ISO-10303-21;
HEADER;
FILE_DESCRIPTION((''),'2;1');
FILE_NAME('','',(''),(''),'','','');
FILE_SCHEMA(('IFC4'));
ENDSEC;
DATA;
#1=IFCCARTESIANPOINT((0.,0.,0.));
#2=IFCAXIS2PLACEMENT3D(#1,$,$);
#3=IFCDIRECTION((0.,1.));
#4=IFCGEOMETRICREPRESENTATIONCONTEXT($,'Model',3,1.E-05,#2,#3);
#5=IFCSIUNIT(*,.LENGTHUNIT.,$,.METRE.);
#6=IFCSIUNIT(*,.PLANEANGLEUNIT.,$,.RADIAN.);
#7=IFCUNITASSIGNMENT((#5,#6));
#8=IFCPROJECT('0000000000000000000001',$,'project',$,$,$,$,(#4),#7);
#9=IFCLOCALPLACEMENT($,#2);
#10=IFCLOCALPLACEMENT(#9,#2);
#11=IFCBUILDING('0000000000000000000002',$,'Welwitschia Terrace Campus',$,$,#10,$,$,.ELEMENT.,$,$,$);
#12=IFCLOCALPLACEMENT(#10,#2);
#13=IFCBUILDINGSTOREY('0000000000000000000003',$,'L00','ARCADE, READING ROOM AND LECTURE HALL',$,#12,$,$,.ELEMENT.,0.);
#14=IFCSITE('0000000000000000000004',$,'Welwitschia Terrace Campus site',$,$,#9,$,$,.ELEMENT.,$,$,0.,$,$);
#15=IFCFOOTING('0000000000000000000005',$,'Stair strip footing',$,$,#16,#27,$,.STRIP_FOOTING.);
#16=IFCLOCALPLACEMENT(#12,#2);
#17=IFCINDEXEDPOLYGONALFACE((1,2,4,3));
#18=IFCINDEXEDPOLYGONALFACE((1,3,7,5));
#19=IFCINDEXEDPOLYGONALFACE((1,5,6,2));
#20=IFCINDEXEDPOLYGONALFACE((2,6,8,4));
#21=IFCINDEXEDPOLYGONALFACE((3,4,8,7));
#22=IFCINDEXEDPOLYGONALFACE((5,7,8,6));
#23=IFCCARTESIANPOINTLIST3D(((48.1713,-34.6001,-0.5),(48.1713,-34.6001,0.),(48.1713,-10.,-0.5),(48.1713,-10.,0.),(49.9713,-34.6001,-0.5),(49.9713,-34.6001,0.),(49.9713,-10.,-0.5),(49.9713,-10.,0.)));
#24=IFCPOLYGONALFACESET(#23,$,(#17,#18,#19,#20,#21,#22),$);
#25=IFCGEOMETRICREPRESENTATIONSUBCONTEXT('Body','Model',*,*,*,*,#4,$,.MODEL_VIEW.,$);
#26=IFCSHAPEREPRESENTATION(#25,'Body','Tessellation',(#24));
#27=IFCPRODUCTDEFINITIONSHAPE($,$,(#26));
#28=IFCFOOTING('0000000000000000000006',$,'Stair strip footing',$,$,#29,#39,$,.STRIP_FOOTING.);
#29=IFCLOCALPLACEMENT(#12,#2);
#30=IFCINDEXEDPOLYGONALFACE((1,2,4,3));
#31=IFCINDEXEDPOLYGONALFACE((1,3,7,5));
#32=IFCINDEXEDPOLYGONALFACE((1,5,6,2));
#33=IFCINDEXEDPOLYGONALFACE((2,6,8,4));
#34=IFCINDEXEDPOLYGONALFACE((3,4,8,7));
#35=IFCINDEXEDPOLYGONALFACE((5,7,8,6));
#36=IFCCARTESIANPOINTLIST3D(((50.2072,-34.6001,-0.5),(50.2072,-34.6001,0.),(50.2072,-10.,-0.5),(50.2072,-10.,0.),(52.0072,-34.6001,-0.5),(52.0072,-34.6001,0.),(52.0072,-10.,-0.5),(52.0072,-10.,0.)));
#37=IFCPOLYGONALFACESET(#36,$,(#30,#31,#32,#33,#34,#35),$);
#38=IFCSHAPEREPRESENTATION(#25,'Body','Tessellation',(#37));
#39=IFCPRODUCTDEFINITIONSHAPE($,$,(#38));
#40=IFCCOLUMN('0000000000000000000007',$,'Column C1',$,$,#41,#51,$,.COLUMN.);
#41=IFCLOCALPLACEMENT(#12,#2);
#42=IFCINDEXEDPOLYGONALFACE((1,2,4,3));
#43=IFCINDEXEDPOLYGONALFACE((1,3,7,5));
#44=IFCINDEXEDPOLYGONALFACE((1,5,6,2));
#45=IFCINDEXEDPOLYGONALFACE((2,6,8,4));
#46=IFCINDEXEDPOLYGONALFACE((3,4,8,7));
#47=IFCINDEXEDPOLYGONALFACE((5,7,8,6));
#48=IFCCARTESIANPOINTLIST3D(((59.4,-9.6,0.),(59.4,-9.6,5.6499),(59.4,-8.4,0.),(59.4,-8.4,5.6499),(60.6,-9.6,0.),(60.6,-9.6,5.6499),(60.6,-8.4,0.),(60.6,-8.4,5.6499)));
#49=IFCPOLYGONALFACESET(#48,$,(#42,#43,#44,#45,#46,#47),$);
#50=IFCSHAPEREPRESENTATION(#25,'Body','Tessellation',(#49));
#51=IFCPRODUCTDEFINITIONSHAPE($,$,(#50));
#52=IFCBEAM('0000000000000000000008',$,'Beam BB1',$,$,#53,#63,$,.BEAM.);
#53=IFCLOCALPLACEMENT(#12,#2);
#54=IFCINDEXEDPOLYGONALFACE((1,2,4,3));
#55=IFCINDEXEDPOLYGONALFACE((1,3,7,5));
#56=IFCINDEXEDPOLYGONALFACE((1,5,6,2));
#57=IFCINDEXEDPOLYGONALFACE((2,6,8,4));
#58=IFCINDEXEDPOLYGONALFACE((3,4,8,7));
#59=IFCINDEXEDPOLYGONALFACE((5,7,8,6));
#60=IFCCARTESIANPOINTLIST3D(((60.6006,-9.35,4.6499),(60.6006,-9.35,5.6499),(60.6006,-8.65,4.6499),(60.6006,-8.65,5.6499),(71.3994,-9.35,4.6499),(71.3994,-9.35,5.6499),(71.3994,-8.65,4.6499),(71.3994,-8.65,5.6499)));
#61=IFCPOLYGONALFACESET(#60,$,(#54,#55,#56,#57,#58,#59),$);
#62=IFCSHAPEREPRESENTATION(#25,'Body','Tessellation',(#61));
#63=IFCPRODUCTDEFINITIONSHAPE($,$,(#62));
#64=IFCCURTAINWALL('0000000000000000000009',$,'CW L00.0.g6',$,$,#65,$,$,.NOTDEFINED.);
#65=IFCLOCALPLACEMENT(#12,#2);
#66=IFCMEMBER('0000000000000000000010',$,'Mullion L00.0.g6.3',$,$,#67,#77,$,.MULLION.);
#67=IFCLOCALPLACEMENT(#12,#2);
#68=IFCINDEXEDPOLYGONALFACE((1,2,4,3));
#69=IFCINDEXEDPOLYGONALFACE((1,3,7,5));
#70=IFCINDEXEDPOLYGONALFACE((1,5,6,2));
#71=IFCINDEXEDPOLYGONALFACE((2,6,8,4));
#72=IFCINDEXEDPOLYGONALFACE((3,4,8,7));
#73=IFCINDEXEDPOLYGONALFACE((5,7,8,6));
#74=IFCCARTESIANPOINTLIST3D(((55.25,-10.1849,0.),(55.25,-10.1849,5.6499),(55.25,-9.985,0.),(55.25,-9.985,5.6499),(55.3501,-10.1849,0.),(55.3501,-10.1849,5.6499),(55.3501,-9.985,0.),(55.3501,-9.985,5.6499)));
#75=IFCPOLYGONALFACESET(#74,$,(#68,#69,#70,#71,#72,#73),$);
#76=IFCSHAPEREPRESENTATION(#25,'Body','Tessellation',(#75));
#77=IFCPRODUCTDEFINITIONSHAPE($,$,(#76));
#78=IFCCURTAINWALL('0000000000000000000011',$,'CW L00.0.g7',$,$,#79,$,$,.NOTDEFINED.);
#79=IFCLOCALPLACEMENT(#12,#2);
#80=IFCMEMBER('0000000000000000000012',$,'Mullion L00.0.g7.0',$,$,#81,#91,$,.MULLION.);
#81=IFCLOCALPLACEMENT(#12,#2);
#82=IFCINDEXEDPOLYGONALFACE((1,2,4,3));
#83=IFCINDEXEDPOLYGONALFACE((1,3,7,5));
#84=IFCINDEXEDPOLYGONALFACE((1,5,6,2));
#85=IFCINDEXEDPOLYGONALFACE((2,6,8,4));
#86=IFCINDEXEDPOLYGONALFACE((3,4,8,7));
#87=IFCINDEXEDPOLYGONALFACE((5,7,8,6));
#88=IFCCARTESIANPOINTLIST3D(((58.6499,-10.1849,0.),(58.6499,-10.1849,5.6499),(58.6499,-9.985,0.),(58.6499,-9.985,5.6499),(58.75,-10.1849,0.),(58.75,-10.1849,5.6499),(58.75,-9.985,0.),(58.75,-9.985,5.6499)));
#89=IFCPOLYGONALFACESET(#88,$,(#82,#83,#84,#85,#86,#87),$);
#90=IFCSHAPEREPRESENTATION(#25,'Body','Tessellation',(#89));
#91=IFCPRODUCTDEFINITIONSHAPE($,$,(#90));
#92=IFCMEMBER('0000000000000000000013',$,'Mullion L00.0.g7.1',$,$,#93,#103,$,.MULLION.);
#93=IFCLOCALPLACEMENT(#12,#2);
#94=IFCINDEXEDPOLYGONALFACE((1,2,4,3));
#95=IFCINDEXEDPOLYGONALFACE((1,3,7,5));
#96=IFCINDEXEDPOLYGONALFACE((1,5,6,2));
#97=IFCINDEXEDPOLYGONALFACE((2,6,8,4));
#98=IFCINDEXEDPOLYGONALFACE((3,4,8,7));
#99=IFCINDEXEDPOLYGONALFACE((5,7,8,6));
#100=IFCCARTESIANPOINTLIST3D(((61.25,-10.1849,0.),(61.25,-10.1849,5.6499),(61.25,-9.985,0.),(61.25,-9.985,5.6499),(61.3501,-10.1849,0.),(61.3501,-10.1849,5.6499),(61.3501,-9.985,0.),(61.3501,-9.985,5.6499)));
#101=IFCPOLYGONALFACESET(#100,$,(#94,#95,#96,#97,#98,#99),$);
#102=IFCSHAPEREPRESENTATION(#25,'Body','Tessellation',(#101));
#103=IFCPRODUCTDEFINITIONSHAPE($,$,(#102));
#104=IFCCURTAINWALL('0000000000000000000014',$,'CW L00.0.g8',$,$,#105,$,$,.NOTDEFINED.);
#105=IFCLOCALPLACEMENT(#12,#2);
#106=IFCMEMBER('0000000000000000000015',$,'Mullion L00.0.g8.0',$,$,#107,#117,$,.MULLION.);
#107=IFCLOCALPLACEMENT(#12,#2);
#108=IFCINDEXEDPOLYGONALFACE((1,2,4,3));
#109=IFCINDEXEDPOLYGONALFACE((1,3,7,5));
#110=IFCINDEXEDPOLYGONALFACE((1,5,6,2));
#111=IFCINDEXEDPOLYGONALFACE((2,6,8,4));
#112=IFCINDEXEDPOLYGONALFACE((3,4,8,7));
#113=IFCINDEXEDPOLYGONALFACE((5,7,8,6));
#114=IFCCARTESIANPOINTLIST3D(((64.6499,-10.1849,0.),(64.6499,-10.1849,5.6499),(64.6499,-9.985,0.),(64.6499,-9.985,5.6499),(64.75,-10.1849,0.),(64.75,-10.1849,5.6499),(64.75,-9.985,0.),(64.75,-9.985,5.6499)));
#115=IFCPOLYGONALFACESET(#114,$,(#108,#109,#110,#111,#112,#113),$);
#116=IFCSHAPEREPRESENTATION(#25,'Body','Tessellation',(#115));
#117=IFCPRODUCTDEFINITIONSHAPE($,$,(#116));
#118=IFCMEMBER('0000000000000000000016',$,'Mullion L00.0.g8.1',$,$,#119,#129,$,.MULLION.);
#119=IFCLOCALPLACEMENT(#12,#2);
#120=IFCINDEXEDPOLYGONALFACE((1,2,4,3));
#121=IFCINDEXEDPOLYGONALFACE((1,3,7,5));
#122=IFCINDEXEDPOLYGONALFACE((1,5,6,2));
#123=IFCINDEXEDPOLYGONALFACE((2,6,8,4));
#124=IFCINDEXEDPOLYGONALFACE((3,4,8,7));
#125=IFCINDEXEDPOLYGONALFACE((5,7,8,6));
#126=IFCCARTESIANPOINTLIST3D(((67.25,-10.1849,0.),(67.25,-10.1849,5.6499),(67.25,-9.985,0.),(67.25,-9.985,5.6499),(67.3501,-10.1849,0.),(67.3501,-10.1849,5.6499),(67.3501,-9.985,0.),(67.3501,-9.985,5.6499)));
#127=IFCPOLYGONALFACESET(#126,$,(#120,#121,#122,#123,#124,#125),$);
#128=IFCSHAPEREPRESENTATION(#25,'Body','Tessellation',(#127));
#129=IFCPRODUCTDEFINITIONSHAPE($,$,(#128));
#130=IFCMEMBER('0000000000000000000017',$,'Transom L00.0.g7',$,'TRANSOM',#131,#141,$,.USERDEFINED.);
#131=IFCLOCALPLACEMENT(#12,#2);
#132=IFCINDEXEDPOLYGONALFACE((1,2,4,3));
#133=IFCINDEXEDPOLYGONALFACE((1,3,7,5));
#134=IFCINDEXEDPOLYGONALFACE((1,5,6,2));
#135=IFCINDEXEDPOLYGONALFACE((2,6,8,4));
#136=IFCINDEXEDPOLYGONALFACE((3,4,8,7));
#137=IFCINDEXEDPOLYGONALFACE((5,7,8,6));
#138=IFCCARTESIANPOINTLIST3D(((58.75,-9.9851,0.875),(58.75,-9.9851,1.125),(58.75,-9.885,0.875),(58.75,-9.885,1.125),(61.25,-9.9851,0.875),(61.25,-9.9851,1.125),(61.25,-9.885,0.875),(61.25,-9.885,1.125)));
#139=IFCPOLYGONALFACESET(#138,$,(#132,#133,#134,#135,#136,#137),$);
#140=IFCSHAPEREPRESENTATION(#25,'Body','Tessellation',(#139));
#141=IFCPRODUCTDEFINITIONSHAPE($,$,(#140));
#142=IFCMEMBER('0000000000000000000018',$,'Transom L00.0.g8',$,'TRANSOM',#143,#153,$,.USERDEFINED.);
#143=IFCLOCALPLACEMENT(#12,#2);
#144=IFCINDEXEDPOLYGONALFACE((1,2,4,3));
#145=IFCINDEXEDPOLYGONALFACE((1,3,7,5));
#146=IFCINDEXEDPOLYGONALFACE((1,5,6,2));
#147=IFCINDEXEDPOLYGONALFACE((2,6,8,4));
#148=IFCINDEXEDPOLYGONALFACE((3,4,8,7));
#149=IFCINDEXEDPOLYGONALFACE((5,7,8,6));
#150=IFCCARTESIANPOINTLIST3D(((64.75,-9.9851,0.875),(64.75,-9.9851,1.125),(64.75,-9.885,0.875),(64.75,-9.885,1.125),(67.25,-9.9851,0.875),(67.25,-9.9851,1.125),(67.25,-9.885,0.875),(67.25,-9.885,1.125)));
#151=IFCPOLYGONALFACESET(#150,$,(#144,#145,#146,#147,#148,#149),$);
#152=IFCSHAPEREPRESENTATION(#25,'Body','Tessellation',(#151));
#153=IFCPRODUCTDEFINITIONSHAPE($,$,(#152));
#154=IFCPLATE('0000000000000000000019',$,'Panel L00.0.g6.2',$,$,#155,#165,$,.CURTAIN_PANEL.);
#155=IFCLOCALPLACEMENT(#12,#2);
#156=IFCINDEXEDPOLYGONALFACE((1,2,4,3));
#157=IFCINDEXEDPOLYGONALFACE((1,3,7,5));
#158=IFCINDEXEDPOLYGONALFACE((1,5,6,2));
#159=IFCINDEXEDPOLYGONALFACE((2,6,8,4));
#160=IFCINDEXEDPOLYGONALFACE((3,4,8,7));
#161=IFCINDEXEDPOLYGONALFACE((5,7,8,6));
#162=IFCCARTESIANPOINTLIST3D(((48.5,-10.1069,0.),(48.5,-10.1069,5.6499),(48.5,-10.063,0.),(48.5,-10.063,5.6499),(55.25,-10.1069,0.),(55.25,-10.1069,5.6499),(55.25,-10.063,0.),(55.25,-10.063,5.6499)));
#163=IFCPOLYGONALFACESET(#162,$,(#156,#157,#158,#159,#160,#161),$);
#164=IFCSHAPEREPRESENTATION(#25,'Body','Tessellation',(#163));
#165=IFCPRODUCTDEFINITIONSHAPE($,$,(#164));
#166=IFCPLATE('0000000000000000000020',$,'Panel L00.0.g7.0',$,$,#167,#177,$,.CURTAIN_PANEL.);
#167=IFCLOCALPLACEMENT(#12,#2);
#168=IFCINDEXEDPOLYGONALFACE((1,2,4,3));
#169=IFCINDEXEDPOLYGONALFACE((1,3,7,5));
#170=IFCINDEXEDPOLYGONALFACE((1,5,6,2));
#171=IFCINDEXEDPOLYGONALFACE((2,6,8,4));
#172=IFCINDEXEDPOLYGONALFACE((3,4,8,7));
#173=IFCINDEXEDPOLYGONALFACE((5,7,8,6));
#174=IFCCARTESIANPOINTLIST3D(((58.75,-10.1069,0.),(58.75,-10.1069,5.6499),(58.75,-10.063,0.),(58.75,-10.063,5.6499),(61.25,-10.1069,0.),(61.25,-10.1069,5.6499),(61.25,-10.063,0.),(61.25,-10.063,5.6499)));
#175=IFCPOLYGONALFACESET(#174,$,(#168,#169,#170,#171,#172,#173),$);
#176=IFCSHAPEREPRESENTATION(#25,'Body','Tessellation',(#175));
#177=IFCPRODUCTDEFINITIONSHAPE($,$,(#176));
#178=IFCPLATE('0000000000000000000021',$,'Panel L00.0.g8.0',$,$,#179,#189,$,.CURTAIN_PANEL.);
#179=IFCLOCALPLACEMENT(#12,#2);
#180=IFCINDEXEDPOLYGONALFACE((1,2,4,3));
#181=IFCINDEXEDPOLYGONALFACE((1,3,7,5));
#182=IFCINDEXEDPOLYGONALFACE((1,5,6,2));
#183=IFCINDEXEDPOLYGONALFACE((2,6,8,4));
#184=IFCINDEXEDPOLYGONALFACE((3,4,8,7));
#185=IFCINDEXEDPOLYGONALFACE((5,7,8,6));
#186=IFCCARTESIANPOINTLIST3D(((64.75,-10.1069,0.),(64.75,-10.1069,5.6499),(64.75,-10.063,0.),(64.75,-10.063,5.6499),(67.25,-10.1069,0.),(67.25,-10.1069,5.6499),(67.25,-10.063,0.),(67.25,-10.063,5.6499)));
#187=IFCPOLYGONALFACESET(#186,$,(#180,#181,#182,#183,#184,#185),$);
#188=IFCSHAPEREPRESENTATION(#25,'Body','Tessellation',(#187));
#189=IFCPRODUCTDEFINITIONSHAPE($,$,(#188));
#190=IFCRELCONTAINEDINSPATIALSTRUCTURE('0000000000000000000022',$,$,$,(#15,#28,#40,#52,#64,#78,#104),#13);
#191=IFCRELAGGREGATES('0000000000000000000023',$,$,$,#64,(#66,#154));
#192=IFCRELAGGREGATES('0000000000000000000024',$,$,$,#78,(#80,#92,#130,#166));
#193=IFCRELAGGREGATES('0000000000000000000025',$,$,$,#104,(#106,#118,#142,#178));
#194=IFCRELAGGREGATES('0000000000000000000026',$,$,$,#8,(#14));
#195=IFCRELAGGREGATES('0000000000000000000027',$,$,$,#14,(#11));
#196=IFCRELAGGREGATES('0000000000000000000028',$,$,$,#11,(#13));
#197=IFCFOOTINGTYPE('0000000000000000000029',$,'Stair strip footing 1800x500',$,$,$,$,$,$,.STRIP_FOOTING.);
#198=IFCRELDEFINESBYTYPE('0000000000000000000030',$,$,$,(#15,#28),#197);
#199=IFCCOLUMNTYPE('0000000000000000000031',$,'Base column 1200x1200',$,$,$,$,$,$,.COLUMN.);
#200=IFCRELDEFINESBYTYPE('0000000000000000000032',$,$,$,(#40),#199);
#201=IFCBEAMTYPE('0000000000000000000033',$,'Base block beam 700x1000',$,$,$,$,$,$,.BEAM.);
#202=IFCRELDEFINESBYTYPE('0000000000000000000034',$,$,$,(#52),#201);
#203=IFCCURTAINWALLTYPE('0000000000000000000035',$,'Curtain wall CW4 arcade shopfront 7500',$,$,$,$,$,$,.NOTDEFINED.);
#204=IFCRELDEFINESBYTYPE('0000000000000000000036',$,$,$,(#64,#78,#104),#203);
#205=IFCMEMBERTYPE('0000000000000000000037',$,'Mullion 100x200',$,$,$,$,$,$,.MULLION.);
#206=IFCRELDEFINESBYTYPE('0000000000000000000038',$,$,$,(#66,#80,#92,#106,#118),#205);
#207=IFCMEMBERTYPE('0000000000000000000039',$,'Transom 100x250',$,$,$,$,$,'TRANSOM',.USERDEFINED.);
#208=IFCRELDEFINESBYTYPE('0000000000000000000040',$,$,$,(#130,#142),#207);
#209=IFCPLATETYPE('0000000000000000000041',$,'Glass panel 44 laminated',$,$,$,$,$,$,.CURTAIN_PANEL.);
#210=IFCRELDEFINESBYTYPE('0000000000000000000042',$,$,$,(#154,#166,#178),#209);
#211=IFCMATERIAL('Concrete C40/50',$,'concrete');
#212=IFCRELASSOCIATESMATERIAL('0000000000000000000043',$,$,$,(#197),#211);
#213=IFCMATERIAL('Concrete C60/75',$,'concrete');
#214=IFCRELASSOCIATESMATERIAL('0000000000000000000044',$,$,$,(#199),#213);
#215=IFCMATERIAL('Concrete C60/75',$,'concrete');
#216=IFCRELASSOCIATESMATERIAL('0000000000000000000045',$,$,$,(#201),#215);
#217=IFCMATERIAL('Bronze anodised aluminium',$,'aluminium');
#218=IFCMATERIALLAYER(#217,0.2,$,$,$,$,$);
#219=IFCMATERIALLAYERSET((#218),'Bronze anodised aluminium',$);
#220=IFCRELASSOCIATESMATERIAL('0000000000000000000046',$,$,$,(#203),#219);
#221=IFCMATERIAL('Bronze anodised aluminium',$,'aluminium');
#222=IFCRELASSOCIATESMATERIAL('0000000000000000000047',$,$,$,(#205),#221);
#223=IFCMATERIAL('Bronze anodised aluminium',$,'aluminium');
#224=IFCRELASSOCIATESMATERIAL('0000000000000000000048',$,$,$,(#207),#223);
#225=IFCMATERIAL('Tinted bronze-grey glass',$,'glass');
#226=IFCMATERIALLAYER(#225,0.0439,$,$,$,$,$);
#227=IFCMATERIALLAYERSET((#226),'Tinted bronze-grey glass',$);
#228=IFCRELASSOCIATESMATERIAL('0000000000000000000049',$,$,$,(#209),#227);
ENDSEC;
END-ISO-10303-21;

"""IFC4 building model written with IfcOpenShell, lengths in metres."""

from ifc_helpers import new_model, si_unit, direction, frame, origin, origin_2d, place, context, subcontext, project, spatial, rectangle, extrude, material, layer, layer_set, material_profile, profile_set, type_object, element, aggregate, save


model = new_model("IFC4")

# Units and contexts
model_context = context("Model", 3, precision=1e-05, world=origin(), true_north=direction((0.0, 1.0)))
body_context = subcontext(model_context, "Body", "Model", "MODEL_VIEW")
ifc_project = project(units=[si_unit("LENGTHUNIT", "METRE"), si_unit("PLANEANGLEUNIT", "RADIAN")], contexts=[model_context])

# Site, building, storey
site_placement = place(None, origin())
site = spatial("IfcSite", under=ifc_project, at=site_placement, Name="Welwitschia Terrace Campus site", CompositionType="ELEMENT", RefElevation=0.0)
building_placement = place(site_placement, origin())
building = spatial("IfcBuilding", under=site, at=building_placement, Name="Welwitschia Terrace Campus", CompositionType="ELEMENT")
storey_placement = place(building_placement, origin())
storey = spatial("IfcBuildingStorey", under=building, at=storey_placement, Name="L00", Description="ARCADE, READING ROOM AND LECTURE HALL", CompositionType="ELEMENT", Elevation=0.0)

# Footings
ifc_material_1 = material(Name="Concrete C40/50", Category="concrete")
footing_type = type_object("IfcFootingType", Name="Stair strip footing 1800x500", PredefinedType="STRIP_FOOTING", material=ifc_material_1)
for number, where, z_axis, x_axis, name in (
    (1, (49.0713, -22.3, -0.5), (0.0, 0.0, 1.0), (1.0, 0.0, 0.0), "Stair strip footing"),
    (2, (51.1072, -22.3, -0.5), (0.0, 0.0, 1.0), (1.0, 0.0, 0.0), "Stair strip footing"),
):
    element("IfcFooting", number, at=place(storey_placement, frame(where, z_axis=z_axis, x_axis=x_axis)), inside=storey, type_object=footing_type, Name=name, PredefinedType="STRIP_FOOTING", context=body_context, shape_type="SweptSolid", body=[
        extrude(rectangle(XDim=1.8, YDim=24.6001, at=origin_2d()), origin(), (0.0, 0.0, 1.0), 0.5),
    ])

# Column
ifc_material_2 = material(Name="Concrete C60/75", Category="concrete")
ifc_material_profile_1 = material_profile(ifc_material_2, rectangle(XDim=1.2, YDim=1.2, at=origin_2d()))
ifc_profile_set_1 = profile_set([ifc_material_profile_1], Name="Concrete C60/75")
column_type = type_object("IfcColumnType", Name="Base column 1200x1200", PredefinedType="COLUMN", material=ifc_profile_set_1)
column_placement = place(storey_placement, frame((60.0, -9.0, 0.0), z_axis=(0.0, 0.0, 1.0), x_axis=(1.0, 0.0, 0.0)))
element("IfcColumn", 3, at=column_placement, inside=storey, type_object=column_type, Name="Column C1", PredefinedType="COLUMN", context=body_context, shape_type="SweptSolid", body=[
    extrude(rectangle(XDim=1.2, YDim=1.2, at=origin_2d()), origin(), (0.0, 0.0, 1.0), 5.6499),
])

# Beam
ifc_material_3 = material(Name="Concrete C60/75", Category="concrete")
ifc_material_profile_2 = material_profile(ifc_material_3, rectangle(XDim=0.7, YDim=1.0, at=origin_2d()))
ifc_profile_set_2 = profile_set([ifc_material_profile_2], Name="Concrete C60/75")
beam_type = type_object("IfcBeamType", Name="Base block beam 700x1000", PredefinedType="BEAM", material=ifc_profile_set_2)
beam_placement = place(storey_placement, frame((60.6006, -9.0, 5.1499), z_axis=(1.0, 0.0, 0.0), x_axis=(0.0, 1.0, 0.0)))
element("IfcBeam", 4, at=beam_placement, inside=storey, type_object=beam_type, Name="Beam BB1", PredefinedType="BEAM", context=body_context, shape_type="SweptSolid", body=[
    extrude(rectangle(XDim=0.7, YDim=1.0, at=origin_2d()), origin(), (0.0, 0.0, 1.0), 10.7988),
])

# Curtain wall, member
ifc_material_4 = material(Name="Bronze anodised aluminium", Category="aluminium")
ifc_layer_1 = layer(ifc_material_4, 0.2)
ifc_layer_set_1 = layer_set([ifc_layer_1], Name="Bronze anodised aluminium")
curtain_wall_type = type_object("IfcCurtainWallType", Name="Curtain wall CW4 arcade shopfront 7500", PredefinedType="NOTDEFINED", material=ifc_layer_set_1)
curtain_wall_1_placement = place(storey_placement, origin())
curtain_wall_1 = element("IfcCurtainWall", 5, at=curtain_wall_1_placement, inside=storey, type_object=curtain_wall_type, Name="CW L00.0.g6", PredefinedType="NOTDEFINED")
ifc_material_5 = material(Name="Bronze anodised aluminium", Category="aluminium")
ifc_material_profile_3 = material_profile(ifc_material_5, rectangle(XDim=0.2, YDim=0.1001, at=origin_2d()))
ifc_profile_set_3 = profile_set([ifc_material_profile_3], Name="Bronze anodised aluminium")
member_type_1 = type_object("IfcMemberType", Name="Mullion 100x200", PredefinedType="MULLION", material=ifc_profile_set_3)
member_1_placement = place(storey_placement, frame((55.3, -10.085, 0.0), z_axis=(0.0, 0.0, 1.0), x_axis=(0.0, 1.0, 0.0)))
member_1 = element("IfcMember", 6, at=member_1_placement, type_object=member_type_1, Name="Mullion L00.0.g6.3", PredefinedType="MULLION", context=body_context, shape_type="SweptSolid", body=[
    extrude(rectangle(XDim=0.2, YDim=0.1001, at=origin_2d()), origin(), (0.0, 0.0, 1.0), 5.6499),
])

# Curtain walls, members
curtain_wall_2_placement = place(storey_placement, origin())
curtain_wall_2 = element("IfcCurtainWall", 7, at=curtain_wall_2_placement, inside=storey, type_object=curtain_wall_type, Name="CW L00.0.g7", PredefinedType="NOTDEFINED")
member_2_placement = place(storey_placement, frame((58.7, -10.085, 0.0), z_axis=(0.0, 0.0, 1.0), x_axis=(0.0, 1.0, 0.0)))
member_2 = element("IfcMember", 8, at=member_2_placement, type_object=member_type_1, Name="Mullion L00.0.g7.0", PredefinedType="MULLION", context=body_context, shape_type="SweptSolid", body=[
    extrude(rectangle(XDim=0.2, YDim=0.1001, at=origin_2d()), origin(), (0.0, 0.0, 1.0), 5.6499),
])
member_3_placement = place(storey_placement, frame((61.3, -10.085, 0.0), z_axis=(0.0, 0.0, 1.0), x_axis=(0.0, 1.0, 0.0)))
member_3 = element("IfcMember", 9, at=member_3_placement, type_object=member_type_1, Name="Mullion L00.0.g7.1", PredefinedType="MULLION", context=body_context, shape_type="SweptSolid", body=[
    extrude(rectangle(XDim=0.2, YDim=0.1001, at=origin_2d()), origin(), (0.0, 0.0, 1.0), 5.6499),
])
curtain_wall_3_placement = place(storey_placement, origin())
curtain_wall_3 = element("IfcCurtainWall", 10, at=curtain_wall_3_placement, inside=storey, type_object=curtain_wall_type, Name="CW L00.0.g8", PredefinedType="NOTDEFINED")
member_4_placement = place(storey_placement, frame((64.7, -10.085, 0.0), z_axis=(0.0, 0.0, 1.0), x_axis=(0.0, 1.0, 0.0)))
member_4 = element("IfcMember", 11, at=member_4_placement, type_object=member_type_1, Name="Mullion L00.0.g8.0", PredefinedType="MULLION", context=body_context, shape_type="SweptSolid", body=[
    extrude(rectangle(XDim=0.2, YDim=0.1001, at=origin_2d()), origin(), (0.0, 0.0, 1.0), 5.6499),
])
member_5_placement = place(storey_placement, frame((67.3, -10.085, 0.0), z_axis=(0.0, 0.0, 1.0), x_axis=(0.0, 1.0, 0.0)))
member_5 = element("IfcMember", 12, at=member_5_placement, type_object=member_type_1, Name="Mullion L00.0.g8.1", PredefinedType="MULLION", context=body_context, shape_type="SweptSolid", body=[
    extrude(rectangle(XDim=0.2, YDim=0.1001, at=origin_2d()), origin(), (0.0, 0.0, 1.0), 5.6499),
])

# Members
ifc_material_6 = material(Name="Bronze anodised aluminium", Category="aluminium")
ifc_material_profile_4 = material_profile(ifc_material_6, rectangle(XDim=0.1001, YDim=0.25, at=origin_2d()))
ifc_profile_set_4 = profile_set([ifc_material_profile_4], Name="Bronze anodised aluminium")
member_type_2 = type_object("IfcMemberType", Name="Transom 100x250", ElementType="TRANSOM", PredefinedType="USERDEFINED", material=ifc_profile_set_4)
member_6_placement = place(storey_placement, frame((58.75, -9.9351, 1.0), z_axis=(1.0, 0.0, 0.0), x_axis=(0.0, 1.0, 0.0)))
member_6 = element("IfcMember", 13, at=member_6_placement, type_object=member_type_2, Name="Transom L00.0.g7", ObjectType="TRANSOM", PredefinedType="USERDEFINED", context=body_context, shape_type="SweptSolid", body=[
    extrude(rectangle(XDim=0.1001, YDim=0.25, at=origin_2d()), origin(), (0.0, 0.0, 1.0), 2.5),
])
member_7_placement = place(storey_placement, frame((64.75, -9.9351, 1.0), z_axis=(1.0, 0.0, 0.0), x_axis=(0.0, 1.0, 0.0)))
member_7 = element("IfcMember", 14, at=member_7_placement, type_object=member_type_2, Name="Transom L00.0.g8", ObjectType="TRANSOM", PredefinedType="USERDEFINED", context=body_context, shape_type="SweptSolid", body=[
    extrude(rectangle(XDim=0.1001, YDim=0.25, at=origin_2d()), origin(), (0.0, 0.0, 1.0), 2.5),
])

# Plates
ifc_material_7 = material(Name="Tinted bronze-grey glass", Category="glass")
ifc_layer_2 = layer(ifc_material_7, 0.0439)
ifc_layer_set_2 = layer_set([ifc_layer_2], Name="Tinted bronze-grey glass")
plate_type = type_object("IfcPlateType", Name="Glass panel 44 laminated", PredefinedType="CURTAIN_PANEL", material=ifc_layer_set_2)
plate_1_placement = place(storey_placement, frame((51.875, -10.085, 0.0), z_axis=(0.0, 0.0, 1.0), x_axis=(1.0, 0.0, 0.0)))
plate_1 = element("IfcPlate", 15, at=plate_1_placement, type_object=plate_type, Name="Panel L00.0.g6.2", PredefinedType="CURTAIN_PANEL", context=body_context, shape_type="SweptSolid", body=[
    extrude(rectangle(XDim=6.75, YDim=0.0439, at=origin_2d()), origin(), (0.0, 0.0, 1.0), 5.6499),
])
aggregate(curtain_wall_1, [member_1, plate_1])
plate_2_placement = place(storey_placement, frame((60.0, -10.085, 0.0), z_axis=(0.0, 0.0, 1.0), x_axis=(1.0, 0.0, 0.0)))
plate_2 = element("IfcPlate", 16, at=plate_2_placement, type_object=plate_type, Name="Panel L00.0.g7.0", PredefinedType="CURTAIN_PANEL", context=body_context, shape_type="SweptSolid", body=[
    extrude(rectangle(XDim=2.5, YDim=0.0439, at=origin_2d()), origin(), (0.0, 0.0, 1.0), 5.6499),
])
aggregate(curtain_wall_2, [member_2, member_3, member_6, plate_2])
plate_3_placement = place(storey_placement, frame((66.0, -10.085, 0.0), z_axis=(0.0, 0.0, 1.0), x_axis=(1.0, 0.0, 0.0)))
plate_3 = element("IfcPlate", 17, at=plate_3_placement, type_object=plate_type, Name="Panel L00.0.g8.0", PredefinedType="CURTAIN_PANEL", context=body_context, shape_type="SweptSolid", body=[
    extrude(rectangle(XDim=2.5, YDim=0.0439, at=origin_2d()), origin(), (0.0, 0.0, 1.0), 5.6499),
])
aggregate(curtain_wall_3, [member_4, member_5, member_7, plate_3])

save(model, "model.ifc")
